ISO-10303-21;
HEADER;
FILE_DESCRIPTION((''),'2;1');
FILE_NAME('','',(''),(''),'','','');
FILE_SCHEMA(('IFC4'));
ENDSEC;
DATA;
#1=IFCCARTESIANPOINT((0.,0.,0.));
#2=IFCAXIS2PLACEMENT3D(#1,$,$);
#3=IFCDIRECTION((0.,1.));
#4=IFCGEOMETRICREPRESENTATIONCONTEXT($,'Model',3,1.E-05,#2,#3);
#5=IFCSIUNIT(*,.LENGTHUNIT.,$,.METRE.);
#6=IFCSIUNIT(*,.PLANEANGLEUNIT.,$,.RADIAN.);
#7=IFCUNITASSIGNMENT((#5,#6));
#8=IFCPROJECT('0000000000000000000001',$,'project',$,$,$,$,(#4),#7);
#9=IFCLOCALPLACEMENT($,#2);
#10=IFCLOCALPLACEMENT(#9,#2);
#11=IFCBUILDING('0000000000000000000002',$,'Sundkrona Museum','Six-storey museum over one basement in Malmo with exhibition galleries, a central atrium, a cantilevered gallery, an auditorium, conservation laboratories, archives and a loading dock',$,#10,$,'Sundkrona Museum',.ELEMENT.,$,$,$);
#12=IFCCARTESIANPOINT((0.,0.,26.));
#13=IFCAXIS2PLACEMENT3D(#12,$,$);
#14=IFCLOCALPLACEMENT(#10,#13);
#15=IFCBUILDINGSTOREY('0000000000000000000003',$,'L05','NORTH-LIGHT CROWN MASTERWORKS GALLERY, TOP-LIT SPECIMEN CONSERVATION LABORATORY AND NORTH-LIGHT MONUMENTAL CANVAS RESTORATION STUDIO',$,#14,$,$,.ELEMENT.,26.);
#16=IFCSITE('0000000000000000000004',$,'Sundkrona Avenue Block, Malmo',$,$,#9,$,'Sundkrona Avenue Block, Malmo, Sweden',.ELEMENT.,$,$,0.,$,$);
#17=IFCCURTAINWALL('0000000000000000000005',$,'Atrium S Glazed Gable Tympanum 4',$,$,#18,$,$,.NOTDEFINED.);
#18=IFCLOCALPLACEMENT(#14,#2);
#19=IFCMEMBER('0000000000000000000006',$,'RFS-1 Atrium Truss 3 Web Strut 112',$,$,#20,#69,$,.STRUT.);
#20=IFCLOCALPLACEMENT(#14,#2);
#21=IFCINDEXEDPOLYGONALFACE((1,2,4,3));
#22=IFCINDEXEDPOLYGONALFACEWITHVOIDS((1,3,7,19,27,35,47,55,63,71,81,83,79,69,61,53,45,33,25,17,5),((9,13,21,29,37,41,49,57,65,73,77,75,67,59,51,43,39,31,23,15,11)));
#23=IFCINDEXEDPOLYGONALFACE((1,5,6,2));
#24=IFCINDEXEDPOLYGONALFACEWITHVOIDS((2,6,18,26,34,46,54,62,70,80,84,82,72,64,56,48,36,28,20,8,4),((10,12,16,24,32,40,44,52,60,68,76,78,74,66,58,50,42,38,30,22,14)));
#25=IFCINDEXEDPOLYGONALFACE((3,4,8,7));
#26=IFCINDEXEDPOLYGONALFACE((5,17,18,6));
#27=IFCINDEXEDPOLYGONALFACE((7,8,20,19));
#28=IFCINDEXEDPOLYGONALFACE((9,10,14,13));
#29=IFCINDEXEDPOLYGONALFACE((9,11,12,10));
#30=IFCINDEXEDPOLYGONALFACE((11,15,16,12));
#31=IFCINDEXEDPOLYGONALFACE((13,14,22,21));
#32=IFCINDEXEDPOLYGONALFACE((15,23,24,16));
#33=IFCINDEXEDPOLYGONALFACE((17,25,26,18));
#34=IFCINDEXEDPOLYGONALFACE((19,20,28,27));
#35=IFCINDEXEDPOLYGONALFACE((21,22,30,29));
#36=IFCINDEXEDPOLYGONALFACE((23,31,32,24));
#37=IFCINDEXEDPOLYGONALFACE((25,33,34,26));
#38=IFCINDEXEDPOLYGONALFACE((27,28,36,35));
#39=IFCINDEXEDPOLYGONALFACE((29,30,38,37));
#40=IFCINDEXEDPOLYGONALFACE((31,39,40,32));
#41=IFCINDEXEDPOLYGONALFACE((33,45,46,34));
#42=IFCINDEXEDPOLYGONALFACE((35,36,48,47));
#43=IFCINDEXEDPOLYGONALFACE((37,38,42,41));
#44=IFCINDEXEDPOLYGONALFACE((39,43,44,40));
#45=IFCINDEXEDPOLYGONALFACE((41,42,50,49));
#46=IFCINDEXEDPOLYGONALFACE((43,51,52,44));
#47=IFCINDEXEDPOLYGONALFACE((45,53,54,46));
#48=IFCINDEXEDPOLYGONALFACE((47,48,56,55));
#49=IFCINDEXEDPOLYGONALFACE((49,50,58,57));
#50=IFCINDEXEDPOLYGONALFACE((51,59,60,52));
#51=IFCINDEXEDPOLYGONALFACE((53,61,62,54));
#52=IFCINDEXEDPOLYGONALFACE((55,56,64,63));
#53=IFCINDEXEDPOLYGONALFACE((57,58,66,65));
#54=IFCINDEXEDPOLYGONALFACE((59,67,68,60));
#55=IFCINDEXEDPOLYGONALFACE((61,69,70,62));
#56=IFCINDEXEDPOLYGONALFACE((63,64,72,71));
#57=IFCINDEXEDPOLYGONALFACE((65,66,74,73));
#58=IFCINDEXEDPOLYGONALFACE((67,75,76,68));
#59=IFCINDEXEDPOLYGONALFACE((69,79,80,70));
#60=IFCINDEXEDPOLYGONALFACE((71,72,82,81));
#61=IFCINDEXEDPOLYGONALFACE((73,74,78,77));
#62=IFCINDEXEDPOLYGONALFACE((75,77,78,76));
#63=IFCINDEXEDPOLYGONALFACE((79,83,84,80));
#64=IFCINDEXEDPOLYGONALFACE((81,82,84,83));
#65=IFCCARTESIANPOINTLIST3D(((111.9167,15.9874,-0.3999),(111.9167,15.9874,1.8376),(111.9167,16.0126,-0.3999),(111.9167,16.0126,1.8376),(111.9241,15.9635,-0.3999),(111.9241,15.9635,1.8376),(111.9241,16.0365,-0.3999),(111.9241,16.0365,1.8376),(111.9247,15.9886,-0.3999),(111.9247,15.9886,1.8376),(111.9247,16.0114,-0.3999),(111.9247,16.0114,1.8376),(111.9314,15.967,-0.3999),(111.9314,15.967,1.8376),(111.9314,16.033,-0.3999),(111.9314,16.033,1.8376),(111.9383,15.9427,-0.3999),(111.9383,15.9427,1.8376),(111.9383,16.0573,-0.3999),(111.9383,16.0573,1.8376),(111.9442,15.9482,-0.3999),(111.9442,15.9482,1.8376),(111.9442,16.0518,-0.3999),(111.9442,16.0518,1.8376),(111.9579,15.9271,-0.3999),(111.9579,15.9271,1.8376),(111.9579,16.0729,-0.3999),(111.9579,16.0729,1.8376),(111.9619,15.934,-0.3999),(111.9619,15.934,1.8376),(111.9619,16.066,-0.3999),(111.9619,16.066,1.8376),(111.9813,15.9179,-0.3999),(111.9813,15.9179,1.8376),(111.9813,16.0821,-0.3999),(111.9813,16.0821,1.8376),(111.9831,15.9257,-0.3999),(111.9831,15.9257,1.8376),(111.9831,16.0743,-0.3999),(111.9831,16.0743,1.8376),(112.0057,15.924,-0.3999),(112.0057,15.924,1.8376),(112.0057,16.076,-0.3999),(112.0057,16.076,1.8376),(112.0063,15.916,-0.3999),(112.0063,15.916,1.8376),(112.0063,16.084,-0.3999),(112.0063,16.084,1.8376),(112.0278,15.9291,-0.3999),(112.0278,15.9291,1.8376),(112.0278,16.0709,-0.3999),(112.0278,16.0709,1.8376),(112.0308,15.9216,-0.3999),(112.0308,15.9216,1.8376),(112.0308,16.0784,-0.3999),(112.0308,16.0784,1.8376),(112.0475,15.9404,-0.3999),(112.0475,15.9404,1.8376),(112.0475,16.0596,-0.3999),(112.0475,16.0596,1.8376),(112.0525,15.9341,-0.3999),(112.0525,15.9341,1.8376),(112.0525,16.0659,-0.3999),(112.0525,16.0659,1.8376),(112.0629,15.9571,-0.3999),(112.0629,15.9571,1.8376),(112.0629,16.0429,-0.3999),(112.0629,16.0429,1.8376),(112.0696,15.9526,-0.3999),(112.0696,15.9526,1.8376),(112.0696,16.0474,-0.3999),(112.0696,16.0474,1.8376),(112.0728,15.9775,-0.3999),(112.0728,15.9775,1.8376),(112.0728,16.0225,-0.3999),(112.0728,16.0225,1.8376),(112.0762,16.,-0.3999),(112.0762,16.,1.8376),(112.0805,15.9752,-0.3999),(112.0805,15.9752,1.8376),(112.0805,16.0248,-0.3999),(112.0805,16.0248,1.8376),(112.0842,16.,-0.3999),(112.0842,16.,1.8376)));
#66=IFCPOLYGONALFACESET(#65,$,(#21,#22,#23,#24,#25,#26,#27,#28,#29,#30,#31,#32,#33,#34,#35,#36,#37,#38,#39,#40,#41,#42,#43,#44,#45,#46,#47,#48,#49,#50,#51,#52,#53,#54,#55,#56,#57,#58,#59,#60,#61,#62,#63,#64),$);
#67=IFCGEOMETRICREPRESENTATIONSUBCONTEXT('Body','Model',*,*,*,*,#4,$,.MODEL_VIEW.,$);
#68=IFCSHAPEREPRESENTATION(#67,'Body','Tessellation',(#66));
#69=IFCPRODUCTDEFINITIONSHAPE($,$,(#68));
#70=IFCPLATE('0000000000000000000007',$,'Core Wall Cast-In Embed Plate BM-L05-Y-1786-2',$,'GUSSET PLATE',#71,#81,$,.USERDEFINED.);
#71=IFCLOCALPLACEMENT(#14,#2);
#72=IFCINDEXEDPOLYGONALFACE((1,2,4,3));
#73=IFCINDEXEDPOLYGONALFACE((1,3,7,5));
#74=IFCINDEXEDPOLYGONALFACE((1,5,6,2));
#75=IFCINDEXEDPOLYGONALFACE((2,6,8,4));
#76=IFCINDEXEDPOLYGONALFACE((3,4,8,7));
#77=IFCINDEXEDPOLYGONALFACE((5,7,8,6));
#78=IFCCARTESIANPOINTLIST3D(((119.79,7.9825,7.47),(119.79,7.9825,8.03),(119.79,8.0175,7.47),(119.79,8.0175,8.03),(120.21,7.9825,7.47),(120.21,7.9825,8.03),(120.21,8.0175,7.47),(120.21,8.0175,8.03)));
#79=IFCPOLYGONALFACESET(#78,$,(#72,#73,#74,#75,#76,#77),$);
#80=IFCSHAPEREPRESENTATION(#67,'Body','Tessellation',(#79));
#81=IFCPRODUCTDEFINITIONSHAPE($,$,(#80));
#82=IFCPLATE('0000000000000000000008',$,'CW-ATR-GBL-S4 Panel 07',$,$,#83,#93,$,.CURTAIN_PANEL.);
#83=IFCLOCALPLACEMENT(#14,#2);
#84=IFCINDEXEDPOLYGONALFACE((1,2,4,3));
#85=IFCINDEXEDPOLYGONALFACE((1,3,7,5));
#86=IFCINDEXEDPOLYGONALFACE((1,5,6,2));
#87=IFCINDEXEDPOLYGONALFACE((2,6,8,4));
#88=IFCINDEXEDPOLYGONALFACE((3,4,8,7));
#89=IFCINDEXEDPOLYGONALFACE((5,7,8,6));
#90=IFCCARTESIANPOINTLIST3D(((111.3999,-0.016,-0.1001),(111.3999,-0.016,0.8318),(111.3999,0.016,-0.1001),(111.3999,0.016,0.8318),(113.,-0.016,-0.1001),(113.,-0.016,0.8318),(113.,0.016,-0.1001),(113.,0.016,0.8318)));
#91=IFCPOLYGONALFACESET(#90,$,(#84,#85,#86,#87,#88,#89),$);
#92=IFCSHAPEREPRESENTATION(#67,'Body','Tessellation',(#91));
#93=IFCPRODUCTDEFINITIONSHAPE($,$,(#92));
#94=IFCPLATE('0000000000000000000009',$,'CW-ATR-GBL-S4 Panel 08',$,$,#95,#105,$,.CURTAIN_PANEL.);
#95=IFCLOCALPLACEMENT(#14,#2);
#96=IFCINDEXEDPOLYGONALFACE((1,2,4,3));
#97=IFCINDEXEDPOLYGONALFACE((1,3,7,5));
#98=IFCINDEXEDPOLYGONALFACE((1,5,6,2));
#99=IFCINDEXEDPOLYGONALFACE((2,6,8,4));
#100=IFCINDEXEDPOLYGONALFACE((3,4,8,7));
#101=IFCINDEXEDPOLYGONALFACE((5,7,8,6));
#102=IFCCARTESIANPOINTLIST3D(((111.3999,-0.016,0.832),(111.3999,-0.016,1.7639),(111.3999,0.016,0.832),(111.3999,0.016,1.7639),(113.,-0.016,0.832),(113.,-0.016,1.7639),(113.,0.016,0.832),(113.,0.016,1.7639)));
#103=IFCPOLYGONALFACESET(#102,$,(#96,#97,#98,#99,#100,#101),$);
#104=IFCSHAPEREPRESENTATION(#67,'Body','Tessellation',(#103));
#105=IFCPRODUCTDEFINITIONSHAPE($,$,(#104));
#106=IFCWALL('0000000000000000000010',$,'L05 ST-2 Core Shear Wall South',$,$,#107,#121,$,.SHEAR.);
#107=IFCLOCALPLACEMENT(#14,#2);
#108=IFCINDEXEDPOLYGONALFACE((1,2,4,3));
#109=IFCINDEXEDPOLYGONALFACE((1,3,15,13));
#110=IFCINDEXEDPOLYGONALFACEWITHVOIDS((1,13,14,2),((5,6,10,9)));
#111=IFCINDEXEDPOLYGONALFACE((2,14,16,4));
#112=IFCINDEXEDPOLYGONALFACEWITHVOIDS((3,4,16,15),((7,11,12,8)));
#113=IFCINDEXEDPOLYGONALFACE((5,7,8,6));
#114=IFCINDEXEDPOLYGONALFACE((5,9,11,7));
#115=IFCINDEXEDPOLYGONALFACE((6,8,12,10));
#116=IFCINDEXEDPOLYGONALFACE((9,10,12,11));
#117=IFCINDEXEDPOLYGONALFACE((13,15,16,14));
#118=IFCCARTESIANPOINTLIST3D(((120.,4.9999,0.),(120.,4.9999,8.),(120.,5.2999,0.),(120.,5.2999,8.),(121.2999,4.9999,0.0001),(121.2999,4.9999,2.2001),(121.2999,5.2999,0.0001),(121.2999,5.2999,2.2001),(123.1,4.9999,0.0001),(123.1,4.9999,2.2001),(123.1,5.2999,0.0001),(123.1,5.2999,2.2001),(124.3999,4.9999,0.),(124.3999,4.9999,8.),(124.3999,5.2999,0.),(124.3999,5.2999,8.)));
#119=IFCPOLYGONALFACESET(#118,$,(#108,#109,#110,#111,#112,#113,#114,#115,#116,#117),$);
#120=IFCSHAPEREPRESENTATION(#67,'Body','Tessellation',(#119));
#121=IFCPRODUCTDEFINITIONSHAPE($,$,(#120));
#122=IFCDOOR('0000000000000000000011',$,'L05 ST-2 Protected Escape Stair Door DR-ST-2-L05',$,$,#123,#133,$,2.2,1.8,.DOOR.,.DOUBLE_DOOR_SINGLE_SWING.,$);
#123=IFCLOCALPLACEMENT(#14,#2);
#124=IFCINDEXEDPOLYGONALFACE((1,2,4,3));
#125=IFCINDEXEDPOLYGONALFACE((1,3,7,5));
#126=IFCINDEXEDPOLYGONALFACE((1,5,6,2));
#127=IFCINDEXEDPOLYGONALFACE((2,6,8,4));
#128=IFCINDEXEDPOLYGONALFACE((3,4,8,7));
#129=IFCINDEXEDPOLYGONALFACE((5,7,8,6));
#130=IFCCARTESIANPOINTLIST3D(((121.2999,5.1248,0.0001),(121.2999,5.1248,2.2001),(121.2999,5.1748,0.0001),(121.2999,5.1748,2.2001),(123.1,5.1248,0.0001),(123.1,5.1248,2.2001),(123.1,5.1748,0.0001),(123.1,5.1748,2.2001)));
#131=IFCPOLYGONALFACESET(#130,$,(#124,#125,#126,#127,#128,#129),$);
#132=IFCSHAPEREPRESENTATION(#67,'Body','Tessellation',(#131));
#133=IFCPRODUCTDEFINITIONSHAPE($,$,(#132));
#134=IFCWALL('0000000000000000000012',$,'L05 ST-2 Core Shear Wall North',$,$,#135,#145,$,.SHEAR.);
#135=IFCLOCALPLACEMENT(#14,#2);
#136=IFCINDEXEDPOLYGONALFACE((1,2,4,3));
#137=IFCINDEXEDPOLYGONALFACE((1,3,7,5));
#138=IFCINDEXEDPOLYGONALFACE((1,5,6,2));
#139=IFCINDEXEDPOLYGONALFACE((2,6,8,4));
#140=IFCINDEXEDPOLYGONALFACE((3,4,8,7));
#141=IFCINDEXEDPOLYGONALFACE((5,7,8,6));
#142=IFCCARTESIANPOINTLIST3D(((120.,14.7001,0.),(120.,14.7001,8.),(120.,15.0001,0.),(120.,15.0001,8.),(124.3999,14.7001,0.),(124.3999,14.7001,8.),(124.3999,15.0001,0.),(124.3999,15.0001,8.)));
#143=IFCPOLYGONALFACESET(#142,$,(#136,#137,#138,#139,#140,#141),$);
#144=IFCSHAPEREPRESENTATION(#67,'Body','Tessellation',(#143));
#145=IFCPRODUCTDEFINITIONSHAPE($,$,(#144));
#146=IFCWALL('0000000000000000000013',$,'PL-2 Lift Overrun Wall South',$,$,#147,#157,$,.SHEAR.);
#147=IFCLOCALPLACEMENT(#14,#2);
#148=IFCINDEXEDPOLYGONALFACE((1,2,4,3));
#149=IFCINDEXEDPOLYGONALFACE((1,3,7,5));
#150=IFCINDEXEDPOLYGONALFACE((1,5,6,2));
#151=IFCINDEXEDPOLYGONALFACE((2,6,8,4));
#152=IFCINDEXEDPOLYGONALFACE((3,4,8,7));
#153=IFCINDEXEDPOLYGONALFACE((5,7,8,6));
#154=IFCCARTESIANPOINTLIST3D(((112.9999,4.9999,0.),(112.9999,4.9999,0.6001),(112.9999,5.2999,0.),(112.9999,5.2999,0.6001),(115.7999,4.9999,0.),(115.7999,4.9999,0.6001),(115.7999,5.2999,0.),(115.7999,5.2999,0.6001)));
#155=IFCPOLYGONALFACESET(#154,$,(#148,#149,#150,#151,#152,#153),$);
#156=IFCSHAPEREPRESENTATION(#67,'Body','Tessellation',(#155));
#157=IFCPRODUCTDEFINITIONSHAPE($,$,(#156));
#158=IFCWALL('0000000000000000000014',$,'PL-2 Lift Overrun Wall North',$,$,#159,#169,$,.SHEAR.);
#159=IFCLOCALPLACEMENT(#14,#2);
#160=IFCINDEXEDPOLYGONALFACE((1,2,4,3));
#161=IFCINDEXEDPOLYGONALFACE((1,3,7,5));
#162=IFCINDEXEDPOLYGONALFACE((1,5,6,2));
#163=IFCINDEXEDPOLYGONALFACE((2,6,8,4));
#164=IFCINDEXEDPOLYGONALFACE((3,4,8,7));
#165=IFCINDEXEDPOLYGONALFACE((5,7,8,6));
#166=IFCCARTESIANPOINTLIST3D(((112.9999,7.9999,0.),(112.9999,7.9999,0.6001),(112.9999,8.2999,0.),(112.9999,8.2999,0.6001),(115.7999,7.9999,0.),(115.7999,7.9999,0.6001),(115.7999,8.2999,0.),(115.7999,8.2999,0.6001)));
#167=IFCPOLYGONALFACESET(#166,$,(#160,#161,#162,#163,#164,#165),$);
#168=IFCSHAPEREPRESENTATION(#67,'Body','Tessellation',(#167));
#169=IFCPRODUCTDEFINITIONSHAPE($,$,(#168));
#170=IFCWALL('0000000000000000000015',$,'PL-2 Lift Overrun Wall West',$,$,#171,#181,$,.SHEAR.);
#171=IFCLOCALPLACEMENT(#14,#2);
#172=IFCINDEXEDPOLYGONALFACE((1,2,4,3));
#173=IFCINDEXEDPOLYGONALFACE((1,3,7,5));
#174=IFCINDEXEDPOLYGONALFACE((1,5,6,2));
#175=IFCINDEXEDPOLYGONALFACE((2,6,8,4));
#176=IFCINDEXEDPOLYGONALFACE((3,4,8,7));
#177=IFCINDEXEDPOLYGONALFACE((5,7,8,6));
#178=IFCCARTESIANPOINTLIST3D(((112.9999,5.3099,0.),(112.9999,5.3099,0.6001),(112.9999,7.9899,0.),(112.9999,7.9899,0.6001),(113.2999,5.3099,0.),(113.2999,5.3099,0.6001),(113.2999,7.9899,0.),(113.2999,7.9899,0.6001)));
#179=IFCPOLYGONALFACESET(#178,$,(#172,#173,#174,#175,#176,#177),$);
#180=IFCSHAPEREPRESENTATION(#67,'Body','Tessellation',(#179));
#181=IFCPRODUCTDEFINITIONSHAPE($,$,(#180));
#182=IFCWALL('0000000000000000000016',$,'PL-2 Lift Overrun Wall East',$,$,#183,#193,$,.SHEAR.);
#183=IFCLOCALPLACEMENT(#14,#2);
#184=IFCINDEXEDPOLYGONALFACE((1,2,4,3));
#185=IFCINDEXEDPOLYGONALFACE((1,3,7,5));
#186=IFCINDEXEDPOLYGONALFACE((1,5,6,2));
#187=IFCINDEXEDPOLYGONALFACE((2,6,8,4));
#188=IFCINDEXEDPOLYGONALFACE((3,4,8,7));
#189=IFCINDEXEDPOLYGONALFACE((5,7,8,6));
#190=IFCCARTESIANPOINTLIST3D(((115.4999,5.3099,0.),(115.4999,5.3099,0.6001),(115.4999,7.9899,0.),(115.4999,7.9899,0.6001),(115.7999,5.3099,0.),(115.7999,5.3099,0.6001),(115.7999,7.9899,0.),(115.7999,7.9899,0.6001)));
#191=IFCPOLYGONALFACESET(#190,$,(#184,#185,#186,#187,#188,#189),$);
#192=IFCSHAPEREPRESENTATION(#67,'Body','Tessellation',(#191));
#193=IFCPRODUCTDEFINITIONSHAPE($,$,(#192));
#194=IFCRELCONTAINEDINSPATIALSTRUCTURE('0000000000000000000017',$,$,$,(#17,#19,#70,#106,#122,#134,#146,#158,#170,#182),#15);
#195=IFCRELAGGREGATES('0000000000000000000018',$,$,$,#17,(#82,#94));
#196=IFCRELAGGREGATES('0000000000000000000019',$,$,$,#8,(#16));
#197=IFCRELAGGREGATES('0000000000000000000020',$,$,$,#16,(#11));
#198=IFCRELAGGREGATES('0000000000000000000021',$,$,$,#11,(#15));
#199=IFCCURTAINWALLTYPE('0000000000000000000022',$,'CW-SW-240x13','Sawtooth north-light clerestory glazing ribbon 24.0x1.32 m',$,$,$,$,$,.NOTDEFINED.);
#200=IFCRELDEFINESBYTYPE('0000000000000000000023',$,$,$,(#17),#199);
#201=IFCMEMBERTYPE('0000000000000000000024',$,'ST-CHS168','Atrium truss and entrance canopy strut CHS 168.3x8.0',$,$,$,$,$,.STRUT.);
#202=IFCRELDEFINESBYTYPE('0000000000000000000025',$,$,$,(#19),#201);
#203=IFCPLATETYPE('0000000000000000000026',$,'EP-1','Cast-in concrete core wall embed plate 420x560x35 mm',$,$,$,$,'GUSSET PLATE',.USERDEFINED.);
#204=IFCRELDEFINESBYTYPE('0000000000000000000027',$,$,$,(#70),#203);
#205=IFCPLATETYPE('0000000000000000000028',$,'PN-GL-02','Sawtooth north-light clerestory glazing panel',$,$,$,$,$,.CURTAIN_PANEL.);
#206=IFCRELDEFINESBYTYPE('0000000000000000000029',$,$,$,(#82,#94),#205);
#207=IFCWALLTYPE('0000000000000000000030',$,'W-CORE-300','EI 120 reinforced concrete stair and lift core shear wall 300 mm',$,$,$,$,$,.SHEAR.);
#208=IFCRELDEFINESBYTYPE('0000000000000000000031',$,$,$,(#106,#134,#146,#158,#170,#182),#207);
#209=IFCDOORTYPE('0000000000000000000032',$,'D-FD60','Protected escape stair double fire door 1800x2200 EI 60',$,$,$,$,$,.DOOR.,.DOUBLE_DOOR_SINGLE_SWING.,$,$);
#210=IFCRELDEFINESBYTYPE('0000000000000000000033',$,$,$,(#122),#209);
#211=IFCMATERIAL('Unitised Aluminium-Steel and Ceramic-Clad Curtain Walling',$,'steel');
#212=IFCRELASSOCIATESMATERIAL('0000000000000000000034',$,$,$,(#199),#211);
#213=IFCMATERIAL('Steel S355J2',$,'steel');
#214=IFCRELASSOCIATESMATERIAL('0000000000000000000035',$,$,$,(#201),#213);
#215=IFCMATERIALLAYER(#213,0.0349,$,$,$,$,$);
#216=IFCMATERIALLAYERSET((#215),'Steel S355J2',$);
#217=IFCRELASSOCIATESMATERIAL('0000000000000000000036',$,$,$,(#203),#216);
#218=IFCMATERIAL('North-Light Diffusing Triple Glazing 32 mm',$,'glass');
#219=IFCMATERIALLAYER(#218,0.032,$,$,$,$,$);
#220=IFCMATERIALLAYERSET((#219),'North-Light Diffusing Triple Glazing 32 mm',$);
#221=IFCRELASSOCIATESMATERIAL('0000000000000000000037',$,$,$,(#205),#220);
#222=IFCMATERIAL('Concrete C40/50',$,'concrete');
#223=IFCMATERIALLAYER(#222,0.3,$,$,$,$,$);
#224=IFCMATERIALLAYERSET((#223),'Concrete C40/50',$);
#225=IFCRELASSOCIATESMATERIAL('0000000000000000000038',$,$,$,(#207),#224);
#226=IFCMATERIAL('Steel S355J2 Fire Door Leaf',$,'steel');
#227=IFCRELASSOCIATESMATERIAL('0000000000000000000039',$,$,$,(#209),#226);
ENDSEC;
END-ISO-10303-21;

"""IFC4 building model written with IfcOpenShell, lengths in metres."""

from ifc_helpers import new_model, si_unit, direction, frame, frame_2d, origin, origin_2d, place, context, subcontext, project, spatial, rectangle, hollow_circle, extrude, material, layer, layer_set, material_profile, profile_set, type_object, element, fill, aggregate, save


model = new_model("IFC4")

# Units and contexts
model_context = context("Model", 3, precision=1e-05, world=origin(), true_north=direction((0.0, 1.0)))
body_context = subcontext(model_context, "Body", "Model", "MODEL_VIEW")
ifc_project = project(units=[si_unit("LENGTHUNIT", "METRE"), si_unit("PLANEANGLEUNIT", "RADIAN")], contexts=[model_context])

# Site, building, storey
site_placement = place(None, origin())
site = spatial("IfcSite", under=ifc_project, at=site_placement, Name="Sundkrona Avenue Block, Malmo", LongName="Sundkrona Avenue Block, Malmo, Sweden", CompositionType="ELEMENT", RefElevation=0.0)
building_placement = place(site_placement, origin())
building = spatial("IfcBuilding", under=site, at=building_placement, Name="Sundkrona Museum", Description="Six-storey museum over one basement in Malmo with exhibition galleries, a central atrium, a cantilevered gallery, an auditorium, conservation laboratories, archives and a loading dock", LongName="Sundkrona Museum", CompositionType="ELEMENT")
storey_placement = place(building_placement, frame((0.0, 0.0, 26.0)))
storey = spatial("IfcBuildingStorey", under=building, at=storey_placement, Name="L05", Description="NORTH-LIGHT CROWN MASTERWORKS GALLERY, TOP-LIT SPECIMEN CONSERVATION LABORATORY AND NORTH-LIGHT MONUMENTAL CANVAS RESTORATION STUDIO", CompositionType="ELEMENT", Elevation=26.0)

# Shared definitions
ifc_material_1 = material(Name="Steel S355J2", Category="steel")

# Curtain wall
ifc_material_2 = material(Name="Unitised Aluminium-Steel and Ceramic-Clad Curtain Walling", Category="steel")
curtain_wall_type = type_object("IfcCurtainWallType", Name="CW-SW-240x13", Description="Sawtooth north-light clerestory glazing ribbon 24.0x1.32 m", PredefinedType="NOTDEFINED", material=ifc_material_2)
curtain_wall_placement = place(storey_placement, origin())
curtain_wall = element("IfcCurtainWall", 1, at=curtain_wall_placement, inside=storey, type_object=curtain_wall_type, Name="Atrium S Glazed Gable Tympanum 4", PredefinedType="NOTDEFINED")

# Member
ifc_material_profile_1 = material_profile(ifc_material_1, hollow_circle(Radius=0.0842, WallThickness=0.0081, at=origin_2d()), Name="CHS 168.3x8.0")
ifc_profile_set_1 = profile_set([ifc_material_profile_1], Name="Steel S355J2")
member_type_1 = type_object("IfcMemberType", Name="ST-CHS168", Description="Atrium truss and entrance canopy strut CHS 168.3x8.0", PredefinedType="STRUT", material=ifc_profile_set_1)
member_1_placement = place(storey_placement, frame((112.0, 16.0, -0.3999), z_axis=(0.0, 0.0, 1.0), x_axis=(1.0, 0.0, 0.0)))
element("IfcMember", 2, at=member_1_placement, inside=storey, type_object=member_type_1, Name="RFS-1 Atrium Truss 3 Web Strut 112", PredefinedType="STRUT", context=body_context, shape_type="SweptSolid", body=[
    extrude(hollow_circle(Radius=0.0842, WallThickness=0.0081, at=origin_2d()), origin(), (0.0, 0.0, 1.0), 2.2375),
])

# Plates
ifc_layer_1 = layer(ifc_material_1, 0.0349)
ifc_layer_set_1 = layer_set([ifc_layer_1], Name="Steel S355J2")
plate_type_1 = type_object("IfcPlateType", Name="EP-1", Description="Cast-in concrete core wall embed plate 420x560x35 mm", ElementType="GUSSET PLATE", PredefinedType="USERDEFINED", material=ifc_layer_set_1)
plate_1_placement = place(storey_placement, frame((120.0, 8.0, 7.47), z_axis=(0.0, 0.0, 1.0), x_axis=(1.0, 0.0, 0.0)))
element("IfcPlate", 3, at=plate_1_placement, inside=storey, type_object=plate_type_1, Name="Core Wall Cast-In Embed Plate BM-L05-Y-1786-2", ObjectType="GUSSET PLATE", PredefinedType="USERDEFINED", context=body_context, shape_type="SweptSolid", body=[
    extrude(rectangle(XDim=0.4199, YDim=0.0349, at=origin_2d()), origin(), (0.0, 0.0, 1.0), 0.5601),
])
ifc_material_3 = material(Name="North-Light Diffusing Triple Glazing 32 mm", Category="glass")
ifc_layer_2 = layer(ifc_material_3, 0.032)
ifc_layer_set_2 = layer_set([ifc_layer_2], Name="North-Light Diffusing Triple Glazing 32 mm")
plate_type_2 = type_object("IfcPlateType", Name="PN-GL-02", Description="Sawtooth north-light clerestory glazing panel", PredefinedType="CURTAIN_PANEL", material=ifc_layer_set_2)
plate_2_placement = place(storey_placement, frame((112.2, 0.0, -0.1001), z_axis=(0.0, 0.0, 1.0), x_axis=(1.0, 0.0, 0.0)))
plate_2 = element("IfcPlate", 4, at=plate_2_placement, type_object=plate_type_2, Name="CW-ATR-GBL-S4 Panel 07", PredefinedType="CURTAIN_PANEL", context=body_context, shape_type="SweptSolid", body=[
    extrude(rectangle(XDim=1.6001, YDim=0.032, at=origin_2d()), origin(), (0.0, 0.0, 1.0), 0.9319),
])
plate_3_placement = place(storey_placement, frame((112.2, 0.0, 0.832), z_axis=(0.0, 0.0, 1.0), x_axis=(1.0, 0.0, 0.0)))
plate_3 = element("IfcPlate", 5, at=plate_3_placement, type_object=plate_type_2, Name="CW-ATR-GBL-S4 Panel 08", PredefinedType="CURTAIN_PANEL", context=body_context, shape_type="SweptSolid", body=[
    extrude(rectangle(XDim=1.6001, YDim=0.032, at=origin_2d()), origin(), (0.0, 0.0, 1.0), 0.9319),
])
aggregate(curtain_wall, [plate_2, plate_3])

# Wall, opening, door
ifc_material_4 = material(Name="Concrete C40/50", Category="concrete")
ifc_layer_3 = layer(ifc_material_4, 0.3)
ifc_layer_set_3 = layer_set([ifc_layer_3], Name="Concrete C40/50")
wall_type = type_object("IfcWallType", Name="W-CORE-300", Description="EI 120 reinforced concrete stair and lift core shear wall 300 mm", PredefinedType="SHEAR", material=ifc_layer_set_3)
wall_1_placement = place(storey_placement, frame((120.0, 5.1499, 0.0), z_axis=(0.0, 0.0, 1.0), x_axis=(1.0, 0.0, 0.0)))
wall_1 = element("IfcWall", 6, at=wall_1_placement, inside=storey, type_object=wall_type, Name="L05 ST-2 Core Shear Wall South", PredefinedType="SHEAR", context=body_context, shape_type="SweptSolid", body=[
    extrude(rectangle(XDim=4.3999, YDim=0.3, at=frame_2d((2.2, 0.0))), origin(), (0.0, 0.0, 1.0), 8.0),
])
opening_placement = place(wall_1_placement, frame((1.3, 0.0, 0.0)))
opening = element("IfcOpeningElement", 7, at=opening_placement, cuts=wall_1, PredefinedType="OPENING", context=body_context, shape_type="SweptSolid", body=[
    extrude(rectangle(XDim=1.8, YDim=2.2, at=frame_2d((0.8999, 1.1001))), frame((0.0, 0.1599, 0.0), z_axis=(0.0, -1.0, 0.0), x_axis=(1.0, 0.0, 0.0)), (0.0, 0.0, 1.0), 0.3201),
])
ifc_material_5 = material(Name="Steel S355J2 Fire Door Leaf", Category="steel")
door_type = type_object("IfcDoorType", Name="D-FD60", Description="Protected escape stair double fire door 1800x2200 EI 60", OperationType="DOUBLE_DOOR_SINGLE_SWING", PredefinedType="DOOR", material=ifc_material_5)
door_placement = place(opening_placement, origin())
door = element("IfcDoor", 8, at=door_placement, inside=storey, type_object=door_type, Name="L05 ST-2 Protected Escape Stair Door DR-ST-2-L05", OperationType="DOUBLE_DOOR_SINGLE_SWING", OverallHeight=2.2, OverallWidth=1.8, PredefinedType="DOOR", context=body_context, shape_type="SweptSolid", body=[
    extrude(rectangle(XDim=1.8, YDim=2.2, at=frame_2d((0.8999, 1.1001))), frame((0.0, 0.0249, 0.0), z_axis=(0.0, -1.0, 0.0), x_axis=(1.0, 0.0, 0.0)), (0.0, 0.0, 1.0), 0.05),
])
fill(opening, door)

# Walls
wall_2_placement = place(storey_placement, frame((120.0, 14.8501, 0.0), z_axis=(0.0, 0.0, 1.0), x_axis=(1.0, 0.0, 0.0)))
element("IfcWall", 9, at=wall_2_placement, inside=storey, type_object=wall_type, Name="L05 ST-2 Core Shear Wall North", PredefinedType="SHEAR", context=body_context, shape_type="SweptSolid", body=[
    extrude(rectangle(XDim=4.3999, YDim=0.3, at=frame_2d((2.2, 0.0))), origin(), (0.0, 0.0, 1.0), 8.0),
])
for number, where, z_axis, x_axis, name in (
    (10, (113.0, 5.1499, 0.0), (0.0, 0.0, 1.0), (1.0, 0.0, 0.0), "PL-2 Lift Overrun Wall South"),
    (11, (113.0, 8.1499, 0.0), (0.0, 0.0, 1.0), (1.0, 0.0, 0.0), "PL-2 Lift Overrun Wall North"),
):
    element("IfcWall", number, at=place(storey_placement, frame(where, z_axis=z_axis, x_axis=x_axis)), inside=storey, type_object=wall_type, Name=name, PredefinedType="SHEAR", context=body_context, shape_type="SweptSolid", body=[
        extrude(rectangle(XDim=2.8, YDim=0.3, at=frame_2d((1.3999, 0.0))), origin(), (0.0, 0.0, 1.0), 0.6001),
    ])
for number, where, z_axis, x_axis, name in (
    (12, (113.1499, 5.3101, 0.0), (0.0, 0.0, 1.0), (0.0, 1.0, 0.0), "PL-2 Lift Overrun Wall West"),
    (13, (115.6499, 5.3101, 0.0), (0.0, 0.0, 1.0), (0.0, 1.0, 0.0), "PL-2 Lift Overrun Wall East"),
):
    element("IfcWall", number, at=place(storey_placement, frame(where, z_axis=z_axis, x_axis=x_axis)), inside=storey, type_object=wall_type, Name=name, PredefinedType="SHEAR", context=body_context, shape_type="SweptSolid", body=[
        extrude(rectangle(XDim=2.6799, YDim=0.3, at=frame_2d((1.3398, 0.0))), origin(), (0.0, 0.0, 1.0), 0.6001),
    ])

save(model, "model.ifc")
